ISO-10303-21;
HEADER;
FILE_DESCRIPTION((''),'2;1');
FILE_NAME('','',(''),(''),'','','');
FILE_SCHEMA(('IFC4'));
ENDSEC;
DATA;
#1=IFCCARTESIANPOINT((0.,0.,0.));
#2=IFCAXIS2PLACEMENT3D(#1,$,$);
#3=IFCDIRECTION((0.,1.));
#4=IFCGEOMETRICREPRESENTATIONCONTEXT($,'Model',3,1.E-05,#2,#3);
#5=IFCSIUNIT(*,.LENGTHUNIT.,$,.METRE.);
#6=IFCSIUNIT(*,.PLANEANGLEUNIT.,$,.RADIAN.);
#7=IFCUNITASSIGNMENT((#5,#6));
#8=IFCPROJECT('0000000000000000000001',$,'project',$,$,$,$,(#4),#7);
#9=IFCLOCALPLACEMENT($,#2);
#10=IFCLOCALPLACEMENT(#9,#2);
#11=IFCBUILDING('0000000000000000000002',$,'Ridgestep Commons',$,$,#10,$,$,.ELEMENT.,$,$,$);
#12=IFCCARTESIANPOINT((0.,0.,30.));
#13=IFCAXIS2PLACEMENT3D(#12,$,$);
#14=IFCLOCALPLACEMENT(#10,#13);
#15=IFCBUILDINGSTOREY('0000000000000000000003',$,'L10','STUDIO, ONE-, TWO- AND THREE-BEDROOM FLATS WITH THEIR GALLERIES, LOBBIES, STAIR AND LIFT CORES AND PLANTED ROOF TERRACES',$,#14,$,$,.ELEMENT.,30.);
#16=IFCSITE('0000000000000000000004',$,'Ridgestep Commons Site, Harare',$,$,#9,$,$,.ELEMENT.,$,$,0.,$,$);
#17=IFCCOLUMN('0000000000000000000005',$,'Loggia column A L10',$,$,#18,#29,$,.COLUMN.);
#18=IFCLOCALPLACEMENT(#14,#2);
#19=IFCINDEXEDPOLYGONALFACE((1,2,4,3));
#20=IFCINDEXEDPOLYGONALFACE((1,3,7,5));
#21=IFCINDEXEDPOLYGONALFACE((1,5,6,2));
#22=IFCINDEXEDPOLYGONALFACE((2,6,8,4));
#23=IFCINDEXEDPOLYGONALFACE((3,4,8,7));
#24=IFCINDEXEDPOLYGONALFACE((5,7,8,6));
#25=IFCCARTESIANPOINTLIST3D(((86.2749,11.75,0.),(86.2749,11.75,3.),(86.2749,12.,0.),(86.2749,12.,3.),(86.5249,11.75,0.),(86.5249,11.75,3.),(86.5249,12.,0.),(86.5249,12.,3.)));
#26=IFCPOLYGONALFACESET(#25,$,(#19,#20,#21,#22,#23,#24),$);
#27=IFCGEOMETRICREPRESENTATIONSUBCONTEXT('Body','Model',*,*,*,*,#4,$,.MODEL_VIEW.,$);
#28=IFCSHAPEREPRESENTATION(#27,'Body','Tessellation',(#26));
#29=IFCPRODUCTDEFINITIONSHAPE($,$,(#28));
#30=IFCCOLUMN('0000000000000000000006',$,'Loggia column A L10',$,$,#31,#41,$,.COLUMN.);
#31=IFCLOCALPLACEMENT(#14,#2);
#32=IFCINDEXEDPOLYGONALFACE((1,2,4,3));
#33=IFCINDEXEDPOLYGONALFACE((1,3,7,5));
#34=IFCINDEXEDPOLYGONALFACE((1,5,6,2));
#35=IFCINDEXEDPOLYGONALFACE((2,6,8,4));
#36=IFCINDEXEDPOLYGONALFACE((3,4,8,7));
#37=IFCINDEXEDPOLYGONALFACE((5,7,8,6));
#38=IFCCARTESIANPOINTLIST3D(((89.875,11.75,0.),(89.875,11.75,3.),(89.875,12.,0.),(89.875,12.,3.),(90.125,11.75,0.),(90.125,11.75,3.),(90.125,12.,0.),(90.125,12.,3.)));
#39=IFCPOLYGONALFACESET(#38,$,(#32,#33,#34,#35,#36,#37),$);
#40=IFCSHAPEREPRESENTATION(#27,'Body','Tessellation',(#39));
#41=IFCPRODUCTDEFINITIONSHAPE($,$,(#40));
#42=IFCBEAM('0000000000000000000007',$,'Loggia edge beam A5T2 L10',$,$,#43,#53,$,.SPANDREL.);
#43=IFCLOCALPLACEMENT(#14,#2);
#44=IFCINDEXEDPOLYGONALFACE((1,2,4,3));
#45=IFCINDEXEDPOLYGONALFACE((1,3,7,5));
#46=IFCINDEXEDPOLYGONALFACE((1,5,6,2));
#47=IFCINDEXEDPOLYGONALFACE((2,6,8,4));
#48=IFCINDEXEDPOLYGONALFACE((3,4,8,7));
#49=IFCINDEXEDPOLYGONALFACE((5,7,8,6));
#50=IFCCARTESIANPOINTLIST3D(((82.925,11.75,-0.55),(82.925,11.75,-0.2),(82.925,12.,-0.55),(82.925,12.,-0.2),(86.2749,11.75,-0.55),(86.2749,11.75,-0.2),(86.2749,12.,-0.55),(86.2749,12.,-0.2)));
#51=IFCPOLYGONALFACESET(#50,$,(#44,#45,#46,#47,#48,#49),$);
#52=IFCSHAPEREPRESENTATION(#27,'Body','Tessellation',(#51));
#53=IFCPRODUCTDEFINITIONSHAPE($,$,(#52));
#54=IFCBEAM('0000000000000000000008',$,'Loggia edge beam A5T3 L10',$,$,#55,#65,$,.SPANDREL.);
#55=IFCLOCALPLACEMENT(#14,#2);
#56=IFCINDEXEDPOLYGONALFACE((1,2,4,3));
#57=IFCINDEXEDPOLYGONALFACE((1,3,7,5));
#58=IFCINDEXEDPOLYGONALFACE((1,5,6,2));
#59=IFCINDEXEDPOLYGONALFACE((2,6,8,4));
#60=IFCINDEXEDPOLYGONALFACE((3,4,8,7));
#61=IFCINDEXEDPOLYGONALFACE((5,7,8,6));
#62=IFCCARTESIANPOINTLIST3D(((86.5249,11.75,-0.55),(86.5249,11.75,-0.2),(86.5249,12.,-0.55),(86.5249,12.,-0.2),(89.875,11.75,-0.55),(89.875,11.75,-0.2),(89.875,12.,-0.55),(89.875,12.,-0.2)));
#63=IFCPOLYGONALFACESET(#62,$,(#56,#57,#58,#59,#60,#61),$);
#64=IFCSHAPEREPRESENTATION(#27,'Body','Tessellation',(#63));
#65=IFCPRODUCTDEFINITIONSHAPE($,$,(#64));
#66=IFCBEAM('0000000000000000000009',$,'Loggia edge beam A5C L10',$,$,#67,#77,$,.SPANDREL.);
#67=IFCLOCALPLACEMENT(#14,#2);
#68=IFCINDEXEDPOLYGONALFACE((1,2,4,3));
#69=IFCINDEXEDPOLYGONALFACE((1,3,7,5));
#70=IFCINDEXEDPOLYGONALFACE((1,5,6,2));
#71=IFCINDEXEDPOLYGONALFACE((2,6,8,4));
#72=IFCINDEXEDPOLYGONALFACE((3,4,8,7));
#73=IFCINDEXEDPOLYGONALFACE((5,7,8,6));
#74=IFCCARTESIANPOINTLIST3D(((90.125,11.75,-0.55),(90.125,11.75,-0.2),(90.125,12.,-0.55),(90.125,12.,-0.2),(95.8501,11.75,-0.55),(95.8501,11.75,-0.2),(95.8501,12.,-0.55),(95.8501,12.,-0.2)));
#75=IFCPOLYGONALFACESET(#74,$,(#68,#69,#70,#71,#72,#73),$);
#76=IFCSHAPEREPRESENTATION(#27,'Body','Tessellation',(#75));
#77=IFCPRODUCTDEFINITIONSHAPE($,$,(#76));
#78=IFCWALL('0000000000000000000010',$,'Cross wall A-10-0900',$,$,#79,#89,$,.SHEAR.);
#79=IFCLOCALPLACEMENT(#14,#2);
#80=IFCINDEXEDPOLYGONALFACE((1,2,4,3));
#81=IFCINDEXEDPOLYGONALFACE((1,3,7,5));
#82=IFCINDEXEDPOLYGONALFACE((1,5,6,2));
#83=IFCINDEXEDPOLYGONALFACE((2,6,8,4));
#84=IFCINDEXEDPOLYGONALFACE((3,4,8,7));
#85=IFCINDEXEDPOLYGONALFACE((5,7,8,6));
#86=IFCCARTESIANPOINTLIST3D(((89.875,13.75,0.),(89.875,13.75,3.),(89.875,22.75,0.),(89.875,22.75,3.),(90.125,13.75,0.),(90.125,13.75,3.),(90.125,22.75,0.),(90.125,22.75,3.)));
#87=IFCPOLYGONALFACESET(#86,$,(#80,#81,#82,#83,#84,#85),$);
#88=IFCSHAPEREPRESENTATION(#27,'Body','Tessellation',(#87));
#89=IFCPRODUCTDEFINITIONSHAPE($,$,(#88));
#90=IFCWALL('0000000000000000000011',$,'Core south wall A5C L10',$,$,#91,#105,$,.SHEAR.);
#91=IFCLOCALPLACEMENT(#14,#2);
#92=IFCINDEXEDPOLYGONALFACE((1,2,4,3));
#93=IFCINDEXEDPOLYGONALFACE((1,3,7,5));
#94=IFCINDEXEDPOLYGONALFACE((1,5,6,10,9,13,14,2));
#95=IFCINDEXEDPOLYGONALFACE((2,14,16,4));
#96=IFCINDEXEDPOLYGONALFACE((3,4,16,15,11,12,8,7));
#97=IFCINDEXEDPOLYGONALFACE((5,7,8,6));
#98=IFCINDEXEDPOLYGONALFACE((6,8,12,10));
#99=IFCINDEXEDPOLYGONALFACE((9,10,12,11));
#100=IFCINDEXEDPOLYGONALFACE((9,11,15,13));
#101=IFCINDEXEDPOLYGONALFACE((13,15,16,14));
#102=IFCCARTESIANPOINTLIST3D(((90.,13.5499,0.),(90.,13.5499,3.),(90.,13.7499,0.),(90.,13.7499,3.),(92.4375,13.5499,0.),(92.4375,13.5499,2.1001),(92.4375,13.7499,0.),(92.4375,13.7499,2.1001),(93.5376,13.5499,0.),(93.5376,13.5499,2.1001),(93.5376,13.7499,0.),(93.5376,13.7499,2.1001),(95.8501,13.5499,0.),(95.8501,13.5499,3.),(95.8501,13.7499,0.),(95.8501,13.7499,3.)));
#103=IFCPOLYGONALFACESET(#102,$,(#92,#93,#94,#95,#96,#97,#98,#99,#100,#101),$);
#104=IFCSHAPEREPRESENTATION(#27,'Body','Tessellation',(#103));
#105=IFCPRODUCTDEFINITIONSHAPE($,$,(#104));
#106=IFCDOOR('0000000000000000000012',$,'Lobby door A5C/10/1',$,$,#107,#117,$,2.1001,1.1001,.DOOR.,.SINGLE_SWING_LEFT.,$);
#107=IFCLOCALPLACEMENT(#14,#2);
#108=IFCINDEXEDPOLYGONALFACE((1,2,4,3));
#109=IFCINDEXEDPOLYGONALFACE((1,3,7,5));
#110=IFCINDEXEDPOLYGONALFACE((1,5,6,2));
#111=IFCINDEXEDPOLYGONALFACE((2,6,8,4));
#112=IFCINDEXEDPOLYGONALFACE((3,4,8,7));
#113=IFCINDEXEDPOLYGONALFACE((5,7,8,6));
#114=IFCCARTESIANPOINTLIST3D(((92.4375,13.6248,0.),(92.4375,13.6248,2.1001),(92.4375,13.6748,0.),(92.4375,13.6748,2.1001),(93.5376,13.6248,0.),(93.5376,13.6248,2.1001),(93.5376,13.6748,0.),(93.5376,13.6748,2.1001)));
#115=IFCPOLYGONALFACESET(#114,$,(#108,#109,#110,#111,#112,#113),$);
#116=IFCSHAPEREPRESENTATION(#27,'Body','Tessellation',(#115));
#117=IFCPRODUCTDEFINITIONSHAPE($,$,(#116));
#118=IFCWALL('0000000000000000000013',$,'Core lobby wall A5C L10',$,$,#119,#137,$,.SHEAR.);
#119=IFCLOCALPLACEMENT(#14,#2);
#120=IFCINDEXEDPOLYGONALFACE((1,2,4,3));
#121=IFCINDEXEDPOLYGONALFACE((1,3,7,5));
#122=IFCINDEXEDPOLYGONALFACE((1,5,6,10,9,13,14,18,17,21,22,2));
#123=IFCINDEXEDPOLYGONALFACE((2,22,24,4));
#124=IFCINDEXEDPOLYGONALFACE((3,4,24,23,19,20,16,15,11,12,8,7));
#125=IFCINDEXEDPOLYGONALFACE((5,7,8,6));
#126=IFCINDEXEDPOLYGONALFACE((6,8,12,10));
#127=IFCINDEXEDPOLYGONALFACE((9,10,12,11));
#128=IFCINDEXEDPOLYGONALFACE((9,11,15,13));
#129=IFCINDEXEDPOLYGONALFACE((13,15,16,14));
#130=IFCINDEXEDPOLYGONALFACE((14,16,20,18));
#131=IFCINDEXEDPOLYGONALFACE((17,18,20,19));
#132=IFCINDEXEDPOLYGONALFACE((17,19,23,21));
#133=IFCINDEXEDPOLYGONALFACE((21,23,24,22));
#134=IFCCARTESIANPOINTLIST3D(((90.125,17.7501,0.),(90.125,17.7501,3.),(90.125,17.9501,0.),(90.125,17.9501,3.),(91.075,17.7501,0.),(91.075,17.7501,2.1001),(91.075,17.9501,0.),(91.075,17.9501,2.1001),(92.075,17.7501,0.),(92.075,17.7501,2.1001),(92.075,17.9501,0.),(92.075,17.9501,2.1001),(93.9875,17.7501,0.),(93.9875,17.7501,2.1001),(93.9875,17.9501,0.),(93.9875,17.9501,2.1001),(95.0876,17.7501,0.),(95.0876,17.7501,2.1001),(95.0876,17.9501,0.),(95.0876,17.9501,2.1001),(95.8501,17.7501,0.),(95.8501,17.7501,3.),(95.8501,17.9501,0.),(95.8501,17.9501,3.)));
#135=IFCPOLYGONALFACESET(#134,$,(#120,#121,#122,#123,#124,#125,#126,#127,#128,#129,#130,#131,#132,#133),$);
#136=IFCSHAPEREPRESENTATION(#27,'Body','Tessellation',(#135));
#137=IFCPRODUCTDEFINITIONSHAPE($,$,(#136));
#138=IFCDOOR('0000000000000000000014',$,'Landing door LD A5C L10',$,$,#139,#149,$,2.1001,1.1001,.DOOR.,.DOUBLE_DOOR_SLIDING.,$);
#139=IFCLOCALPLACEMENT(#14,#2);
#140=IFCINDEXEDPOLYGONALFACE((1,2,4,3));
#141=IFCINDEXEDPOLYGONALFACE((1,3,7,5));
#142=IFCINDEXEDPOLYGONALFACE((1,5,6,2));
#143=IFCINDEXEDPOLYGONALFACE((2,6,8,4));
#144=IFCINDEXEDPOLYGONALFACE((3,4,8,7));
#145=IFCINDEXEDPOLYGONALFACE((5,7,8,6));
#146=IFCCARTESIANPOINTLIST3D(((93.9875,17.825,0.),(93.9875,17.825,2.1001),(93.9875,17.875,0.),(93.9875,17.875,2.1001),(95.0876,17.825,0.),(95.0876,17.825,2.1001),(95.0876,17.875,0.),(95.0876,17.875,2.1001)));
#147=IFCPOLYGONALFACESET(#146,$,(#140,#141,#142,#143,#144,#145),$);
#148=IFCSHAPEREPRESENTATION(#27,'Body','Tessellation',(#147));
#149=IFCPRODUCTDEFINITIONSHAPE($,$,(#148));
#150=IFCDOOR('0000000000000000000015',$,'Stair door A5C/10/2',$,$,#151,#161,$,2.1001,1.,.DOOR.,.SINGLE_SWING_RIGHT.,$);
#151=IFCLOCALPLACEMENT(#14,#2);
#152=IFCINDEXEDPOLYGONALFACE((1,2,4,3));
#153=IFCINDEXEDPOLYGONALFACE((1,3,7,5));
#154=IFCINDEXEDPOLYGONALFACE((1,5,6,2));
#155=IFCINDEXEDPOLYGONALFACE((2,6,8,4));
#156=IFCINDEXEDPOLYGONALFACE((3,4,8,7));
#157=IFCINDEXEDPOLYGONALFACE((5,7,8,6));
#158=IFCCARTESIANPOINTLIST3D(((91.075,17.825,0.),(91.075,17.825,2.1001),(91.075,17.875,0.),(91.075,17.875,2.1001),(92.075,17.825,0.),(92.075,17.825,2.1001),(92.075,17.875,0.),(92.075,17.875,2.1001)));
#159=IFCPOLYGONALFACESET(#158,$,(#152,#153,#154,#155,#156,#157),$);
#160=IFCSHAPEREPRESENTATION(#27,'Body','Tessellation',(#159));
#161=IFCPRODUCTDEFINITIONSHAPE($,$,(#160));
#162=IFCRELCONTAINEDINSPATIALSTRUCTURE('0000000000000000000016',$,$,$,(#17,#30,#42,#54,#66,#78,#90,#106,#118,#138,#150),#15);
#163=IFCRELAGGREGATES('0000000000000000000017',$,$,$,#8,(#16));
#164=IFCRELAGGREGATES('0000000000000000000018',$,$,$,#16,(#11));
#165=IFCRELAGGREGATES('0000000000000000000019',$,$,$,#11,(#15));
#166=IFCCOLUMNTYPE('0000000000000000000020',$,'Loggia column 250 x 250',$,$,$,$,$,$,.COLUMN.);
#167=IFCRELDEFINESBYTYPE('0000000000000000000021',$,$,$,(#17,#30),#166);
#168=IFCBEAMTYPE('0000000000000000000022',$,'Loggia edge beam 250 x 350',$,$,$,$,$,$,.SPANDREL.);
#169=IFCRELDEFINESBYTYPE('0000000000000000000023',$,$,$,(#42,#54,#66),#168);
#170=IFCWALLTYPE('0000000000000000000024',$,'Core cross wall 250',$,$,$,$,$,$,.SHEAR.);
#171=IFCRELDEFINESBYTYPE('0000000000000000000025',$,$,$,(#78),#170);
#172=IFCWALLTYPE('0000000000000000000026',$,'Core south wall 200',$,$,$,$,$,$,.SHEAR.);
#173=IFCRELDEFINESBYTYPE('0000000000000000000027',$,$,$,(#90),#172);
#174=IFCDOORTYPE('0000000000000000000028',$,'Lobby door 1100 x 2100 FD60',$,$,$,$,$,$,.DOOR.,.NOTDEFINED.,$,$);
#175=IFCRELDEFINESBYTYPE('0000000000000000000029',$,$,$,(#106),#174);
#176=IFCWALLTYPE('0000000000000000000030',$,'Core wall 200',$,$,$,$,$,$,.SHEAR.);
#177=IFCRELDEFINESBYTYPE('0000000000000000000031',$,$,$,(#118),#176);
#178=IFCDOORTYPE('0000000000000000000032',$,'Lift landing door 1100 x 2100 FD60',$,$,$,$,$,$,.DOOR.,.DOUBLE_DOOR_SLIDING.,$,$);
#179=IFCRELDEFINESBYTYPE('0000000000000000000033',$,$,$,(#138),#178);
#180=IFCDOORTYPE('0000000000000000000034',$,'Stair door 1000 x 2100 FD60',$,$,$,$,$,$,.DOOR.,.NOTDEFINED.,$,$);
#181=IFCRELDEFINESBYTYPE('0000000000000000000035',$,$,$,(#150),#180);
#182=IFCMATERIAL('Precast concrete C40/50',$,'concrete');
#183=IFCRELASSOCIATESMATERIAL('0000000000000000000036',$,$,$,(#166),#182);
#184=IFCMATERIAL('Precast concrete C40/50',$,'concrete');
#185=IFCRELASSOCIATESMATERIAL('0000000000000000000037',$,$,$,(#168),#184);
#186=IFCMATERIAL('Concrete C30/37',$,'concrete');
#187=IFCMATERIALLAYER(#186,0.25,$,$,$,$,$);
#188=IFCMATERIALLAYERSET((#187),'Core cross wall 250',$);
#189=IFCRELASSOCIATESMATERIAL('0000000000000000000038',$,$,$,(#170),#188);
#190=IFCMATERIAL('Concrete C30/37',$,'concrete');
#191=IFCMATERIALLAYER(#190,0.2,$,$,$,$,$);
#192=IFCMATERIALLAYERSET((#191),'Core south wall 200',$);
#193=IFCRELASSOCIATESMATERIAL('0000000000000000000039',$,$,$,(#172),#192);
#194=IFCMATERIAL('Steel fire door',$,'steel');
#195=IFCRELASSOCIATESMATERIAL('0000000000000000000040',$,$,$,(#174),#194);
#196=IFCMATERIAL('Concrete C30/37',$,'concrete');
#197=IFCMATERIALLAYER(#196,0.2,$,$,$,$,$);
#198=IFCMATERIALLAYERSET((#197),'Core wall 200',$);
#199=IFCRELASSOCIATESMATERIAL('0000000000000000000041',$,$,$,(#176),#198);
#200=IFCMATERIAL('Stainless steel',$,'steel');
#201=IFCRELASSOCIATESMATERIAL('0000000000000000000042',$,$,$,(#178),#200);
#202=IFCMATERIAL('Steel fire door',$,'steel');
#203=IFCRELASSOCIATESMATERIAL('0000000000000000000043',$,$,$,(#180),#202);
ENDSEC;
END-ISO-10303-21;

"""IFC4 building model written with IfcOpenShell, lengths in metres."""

from ifc_helpers import new_model, si_unit, direction, frame, frame_2d, origin, origin_2d, place, context, subcontext, project, spatial, rectangle, extrude, material, layer, layer_set, material_profile, profile_set, type_object, element, fill, save


model = new_model("IFC4")

# Units and contexts
model_context = context("Model", 3, precision=1e-05, world=origin(), true_north=direction((0.0, 1.0)))
body_context = subcontext(model_context, "Body", "Model", "MODEL_VIEW")
ifc_project = project(units=[si_unit("LENGTHUNIT", "METRE"), si_unit("PLANEANGLEUNIT", "RADIAN")], contexts=[model_context])

# Site, building, storey
site_placement = place(None, origin())
site = spatial("IfcSite", under=ifc_project, at=site_placement, Name="Ridgestep Commons Site, Harare", CompositionType="ELEMENT", RefElevation=0.0)
building_placement = place(site_placement, origin())
building = spatial("IfcBuilding", under=site, at=building_placement, Name="Ridgestep Commons", CompositionType="ELEMENT")
storey_placement = place(building_placement, frame((0.0, 0.0, 30.0)))
storey = spatial("IfcBuildingStorey", under=building, at=storey_placement, Name="L10", Description="STUDIO, ONE-, TWO- AND THREE-BEDROOM FLATS WITH THEIR GALLERIES, LOBBIES, STAIR AND LIFT CORES AND PLANTED ROOF TERRACES", CompositionType="ELEMENT", Elevation=30.0)

# Columns
ifc_material_1 = material(Name="Precast concrete C40/50", Category="concrete")
ifc_material_profile_1 = material_profile(ifc_material_1, rectangle(XDim=0.25, YDim=0.25, at=origin_2d()), Name="PC 250x250")
ifc_profile_set_1 = profile_set([ifc_material_profile_1], Name="Precast concrete C40/50")
column_type = type_object("IfcColumnType", Name="Loggia column 250 x 250", PredefinedType="COLUMN", material=ifc_profile_set_1)
for number, where, z_axis, x_axis, name in (
    (1, (86.3999, 11.875, 0.0), (0.0, 0.0, 1.0), (1.0, 0.0, 0.0), "Loggia column A L10"),
    (2, (90.0, 11.875, 0.0), (0.0, 0.0, 1.0), (1.0, 0.0, 0.0), "Loggia column A L10"),
):
    element("IfcColumn", number, at=place(storey_placement, frame(where, z_axis=z_axis, x_axis=x_axis)), inside=storey, type_object=column_type, Name=name, PredefinedType="COLUMN", context=body_context, shape_type="SweptSolid", body=[
        extrude(rectangle(XDim=0.25, YDim=0.25, at=origin_2d()), origin(), (0.0, 0.0, 1.0), 3.0),
    ])

# Beams
ifc_material_2 = material(Name="Precast concrete C40/50", Category="concrete")
ifc_material_profile_2 = material_profile(ifc_material_2, rectangle(XDim=0.25, YDim=0.3501, at=origin_2d()), Name="PC 250x350")
ifc_profile_set_2 = profile_set([ifc_material_profile_2], Name="Precast concrete C40/50")
beam_type = type_object("IfcBeamType", Name="Loggia edge beam 250 x 350", PredefinedType="SPANDREL", material=ifc_profile_set_2)
beam_1_placement = place(storey_placement, frame((82.925, 11.875, -0.375), z_axis=(1.0, 0.0, 0.0), x_axis=(0.0, 1.0, 0.0)))
element("IfcBeam", 3, at=beam_1_placement, inside=storey, type_object=beam_type, Name="Loggia edge beam A5T2 L10", PredefinedType="SPANDREL", context=body_context, shape_type="SweptSolid", body=[
    extrude(rectangle(XDim=0.25, YDim=0.3501, at=origin_2d()), origin(), (0.0, 0.0, 1.0), 3.3499),
])
beam_2_placement = place(storey_placement, frame((86.5249, 11.875, -0.375), z_axis=(1.0, 0.0, 0.0), x_axis=(0.0, 1.0, 0.0)))
element("IfcBeam", 4, at=beam_2_placement, inside=storey, type_object=beam_type, Name="Loggia edge beam A5T3 L10", PredefinedType="SPANDREL", context=body_context, shape_type="SweptSolid", body=[
    extrude(rectangle(XDim=0.25, YDim=0.3501, at=origin_2d()), origin(), (0.0, 0.0, 1.0), 3.3501),
])
beam_3_placement = place(storey_placement, frame((90.125, 11.875, -0.375), z_axis=(1.0, 0.0, 0.0), x_axis=(0.0, 1.0, 0.0)))
element("IfcBeam", 5, at=beam_3_placement, inside=storey, type_object=beam_type, Name="Loggia edge beam A5C L10", PredefinedType="SPANDREL", context=body_context, shape_type="SweptSolid", body=[
    extrude(rectangle(XDim=0.25, YDim=0.3501, at=origin_2d()), origin(), (0.0, 0.0, 1.0), 5.7251),
])

# Wall
ifc_material_3 = material(Name="Concrete C30/37", Category="concrete")
ifc_layer_1 = layer(ifc_material_3, 0.25)
ifc_layer_set_1 = layer_set([ifc_layer_1], Name="Core cross wall 250")
wall_type_1 = type_object("IfcWallType", Name="Core cross wall 250", PredefinedType="SHEAR", material=ifc_layer_set_1)
wall_1_placement = place(storey_placement, frame((90.0, 13.75, 0.0), z_axis=(0.0, 0.0, 1.0), x_axis=(0.0, 1.0, 0.0)))
element("IfcWall", 6, at=wall_1_placement, inside=storey, type_object=wall_type_1, Name="Cross wall A-10-0900", PredefinedType="SHEAR", context=body_context, shape_type="SweptSolid", body=[
    extrude(rectangle(XDim=9.0, YDim=0.25, at=frame_2d((4.5, 0.0))), origin(), (0.0, 0.0, 1.0), 3.0),
])

# Wall, opening, door
ifc_material_4 = material(Name="Concrete C30/37", Category="concrete")
ifc_layer_2 = layer(ifc_material_4, 0.2)
ifc_layer_set_2 = layer_set([ifc_layer_2], Name="Core south wall 200")
wall_type_2 = type_object("IfcWallType", Name="Core south wall 200", PredefinedType="SHEAR", material=ifc_layer_set_2)
wall_2_placement = place(storey_placement, frame((90.0, 13.6499, 0.0), z_axis=(0.0, 0.0, 1.0), x_axis=(1.0, 0.0, 0.0)))
wall_2 = element("IfcWall", 7, at=wall_2_placement, inside=storey, type_object=wall_type_2, Name="Core south wall A5C L10", PredefinedType="SHEAR", context=body_context, shape_type="SweptSolid", body=[
    extrude(rectangle(XDim=5.8501, YDim=0.2, at=frame_2d((2.925, 0.0))), origin(), (0.0, 0.0, 1.0), 3.0),
])
opening_1_placement = place(wall_2_placement, frame((2.4375, 0.0, 0.0)))
opening_1 = element("IfcOpeningElement", 8, at=opening_1_placement, cuts=wall_2, PredefinedType="OPENING", context=body_context, shape_type="SweptSolid", body=[
    extrude(rectangle(XDim=1.1001, YDim=2.1001, at=frame_2d((0.55, 1.05))), frame((0.0, 0.1099, 0.0), z_axis=(0.0, -1.0, 0.0), x_axis=(1.0, 0.0, 0.0)), (0.0, 0.0, 1.0), 0.22),
])
ifc_material_5 = material(Name="Steel fire door", Category="steel")
door_type_1 = type_object("IfcDoorType", Name="Lobby door 1100 x 2100 FD60", OperationType="NOTDEFINED", PredefinedType="DOOR", material=ifc_material_5)
door_1_placement = place(opening_1_placement, origin())
door_1 = element("IfcDoor", 9, at=door_1_placement, inside=storey, type_object=door_type_1, Name="Lobby door A5C/10/1", OperationType="SINGLE_SWING_LEFT", OverallHeight=2.1001, OverallWidth=1.1001, PredefinedType="DOOR", context=body_context, shape_type="SweptSolid", body=[
    extrude(rectangle(XDim=1.1001, YDim=2.1001, at=frame_2d((0.55, 1.05))), frame((0.0, 0.0249, 0.0), z_axis=(0.0, -1.0, 0.0), x_axis=(1.0, 0.0, 0.0)), (0.0, 0.0, 1.0), 0.05),
])
fill(opening_1, door_1)

# Wall, openings, doors
ifc_material_6 = material(Name="Concrete C30/37", Category="concrete")
ifc_layer_3 = layer(ifc_material_6, 0.2)
ifc_layer_set_3 = layer_set([ifc_layer_3], Name="Core wall 200")
wall_type_3 = type_object("IfcWallType", Name="Core wall 200", PredefinedType="SHEAR", material=ifc_layer_set_3)
wall_3_placement = place(storey_placement, frame((90.125, 17.8501, 0.0), z_axis=(0.0, 0.0, 1.0), x_axis=(1.0, 0.0, 0.0)))
wall_3 = element("IfcWall", 10, at=wall_3_placement, inside=storey, type_object=wall_type_3, Name="Core lobby wall A5C L10", PredefinedType="SHEAR", context=body_context, shape_type="SweptSolid", body=[
    extrude(rectangle(XDim=5.7251, YDim=0.2, at=frame_2d((2.8625, 0.0))), origin(), (0.0, 0.0, 1.0), 3.0),
])
opening_2_placement = place(wall_3_placement, frame((0.95, 0.0, 0.0)))
opening_2 = element("IfcOpeningElement", 11, at=opening_2_placement, cuts=wall_3, PredefinedType="OPENING", context=body_context, shape_type="SweptSolid", body=[
    extrude(rectangle(XDim=1.0, YDim=2.1001, at=frame_2d((0.5, 1.05))), frame((0.0, 0.1099, 0.0), z_axis=(0.0, -1.0, 0.0), x_axis=(1.0, 0.0, 0.0)), (0.0, 0.0, 1.0), 0.22),
])
opening_3_placement = place(wall_3_placement, frame((3.8625, 0.0, 0.0)))
opening_3 = element("IfcOpeningElement", 12, at=opening_3_placement, cuts=wall_3, PredefinedType="OPENING", context=body_context, shape_type="SweptSolid", body=[
    extrude(rectangle(XDim=1.1001, YDim=2.1001, at=frame_2d((0.55, 1.05))), frame((0.0, 0.1099, 0.0), z_axis=(0.0, -1.0, 0.0), x_axis=(1.0, 0.0, 0.0)), (0.0, 0.0, 1.0), 0.22),
])
ifc_material_7 = material(Name="Stainless steel", Category="steel")
door_type_2 = type_object("IfcDoorType", Name="Lift landing door 1100 x 2100 FD60", OperationType="DOUBLE_DOOR_SLIDING", PredefinedType="DOOR", material=ifc_material_7)
door_2_placement = place(opening_3_placement, origin())
door_2 = element("IfcDoor", 13, at=door_2_placement, inside=storey, type_object=door_type_2, Name="Landing door LD A5C L10", OperationType="DOUBLE_DOOR_SLIDING", OverallHeight=2.1001, OverallWidth=1.1001, PredefinedType="DOOR", context=body_context, shape_type="SweptSolid", body=[
    extrude(rectangle(XDim=1.1001, YDim=2.1001, at=frame_2d((0.55, 1.05))), frame((0.0, 0.0249, 0.0), z_axis=(0.0, -1.0, 0.0), x_axis=(1.0, 0.0, 0.0)), (0.0, 0.0, 1.0), 0.05),
])
fill(opening_3, door_2)
ifc_material_8 = material(Name="Steel fire door", Category="steel")
door_type_3 = type_object("IfcDoorType", Name="Stair door 1000 x 2100 FD60", OperationType="NOTDEFINED", PredefinedType="DOOR", material=ifc_material_8)
door_3_placement = place(opening_2_placement, origin())
door_3 = element("IfcDoor", 14, at=door_3_placement, inside=storey, type_object=door_type_3, Name="Stair door A5C/10/2", OperationType="SINGLE_SWING_RIGHT", OverallHeight=2.1001, OverallWidth=1.0, PredefinedType="DOOR", context=body_context, shape_type="SweptSolid", body=[
    extrude(rectangle(XDim=1.0, YDim=2.1001, at=frame_2d((0.5, 1.05))), frame((0.0, 0.0249, 0.0), z_axis=(0.0, -1.0, 0.0), x_axis=(1.0, 0.0, 0.0)), (0.0, 0.0, 1.0), 0.05),
])
fill(opening_2, door_3)

save(model, "model.ifc")
